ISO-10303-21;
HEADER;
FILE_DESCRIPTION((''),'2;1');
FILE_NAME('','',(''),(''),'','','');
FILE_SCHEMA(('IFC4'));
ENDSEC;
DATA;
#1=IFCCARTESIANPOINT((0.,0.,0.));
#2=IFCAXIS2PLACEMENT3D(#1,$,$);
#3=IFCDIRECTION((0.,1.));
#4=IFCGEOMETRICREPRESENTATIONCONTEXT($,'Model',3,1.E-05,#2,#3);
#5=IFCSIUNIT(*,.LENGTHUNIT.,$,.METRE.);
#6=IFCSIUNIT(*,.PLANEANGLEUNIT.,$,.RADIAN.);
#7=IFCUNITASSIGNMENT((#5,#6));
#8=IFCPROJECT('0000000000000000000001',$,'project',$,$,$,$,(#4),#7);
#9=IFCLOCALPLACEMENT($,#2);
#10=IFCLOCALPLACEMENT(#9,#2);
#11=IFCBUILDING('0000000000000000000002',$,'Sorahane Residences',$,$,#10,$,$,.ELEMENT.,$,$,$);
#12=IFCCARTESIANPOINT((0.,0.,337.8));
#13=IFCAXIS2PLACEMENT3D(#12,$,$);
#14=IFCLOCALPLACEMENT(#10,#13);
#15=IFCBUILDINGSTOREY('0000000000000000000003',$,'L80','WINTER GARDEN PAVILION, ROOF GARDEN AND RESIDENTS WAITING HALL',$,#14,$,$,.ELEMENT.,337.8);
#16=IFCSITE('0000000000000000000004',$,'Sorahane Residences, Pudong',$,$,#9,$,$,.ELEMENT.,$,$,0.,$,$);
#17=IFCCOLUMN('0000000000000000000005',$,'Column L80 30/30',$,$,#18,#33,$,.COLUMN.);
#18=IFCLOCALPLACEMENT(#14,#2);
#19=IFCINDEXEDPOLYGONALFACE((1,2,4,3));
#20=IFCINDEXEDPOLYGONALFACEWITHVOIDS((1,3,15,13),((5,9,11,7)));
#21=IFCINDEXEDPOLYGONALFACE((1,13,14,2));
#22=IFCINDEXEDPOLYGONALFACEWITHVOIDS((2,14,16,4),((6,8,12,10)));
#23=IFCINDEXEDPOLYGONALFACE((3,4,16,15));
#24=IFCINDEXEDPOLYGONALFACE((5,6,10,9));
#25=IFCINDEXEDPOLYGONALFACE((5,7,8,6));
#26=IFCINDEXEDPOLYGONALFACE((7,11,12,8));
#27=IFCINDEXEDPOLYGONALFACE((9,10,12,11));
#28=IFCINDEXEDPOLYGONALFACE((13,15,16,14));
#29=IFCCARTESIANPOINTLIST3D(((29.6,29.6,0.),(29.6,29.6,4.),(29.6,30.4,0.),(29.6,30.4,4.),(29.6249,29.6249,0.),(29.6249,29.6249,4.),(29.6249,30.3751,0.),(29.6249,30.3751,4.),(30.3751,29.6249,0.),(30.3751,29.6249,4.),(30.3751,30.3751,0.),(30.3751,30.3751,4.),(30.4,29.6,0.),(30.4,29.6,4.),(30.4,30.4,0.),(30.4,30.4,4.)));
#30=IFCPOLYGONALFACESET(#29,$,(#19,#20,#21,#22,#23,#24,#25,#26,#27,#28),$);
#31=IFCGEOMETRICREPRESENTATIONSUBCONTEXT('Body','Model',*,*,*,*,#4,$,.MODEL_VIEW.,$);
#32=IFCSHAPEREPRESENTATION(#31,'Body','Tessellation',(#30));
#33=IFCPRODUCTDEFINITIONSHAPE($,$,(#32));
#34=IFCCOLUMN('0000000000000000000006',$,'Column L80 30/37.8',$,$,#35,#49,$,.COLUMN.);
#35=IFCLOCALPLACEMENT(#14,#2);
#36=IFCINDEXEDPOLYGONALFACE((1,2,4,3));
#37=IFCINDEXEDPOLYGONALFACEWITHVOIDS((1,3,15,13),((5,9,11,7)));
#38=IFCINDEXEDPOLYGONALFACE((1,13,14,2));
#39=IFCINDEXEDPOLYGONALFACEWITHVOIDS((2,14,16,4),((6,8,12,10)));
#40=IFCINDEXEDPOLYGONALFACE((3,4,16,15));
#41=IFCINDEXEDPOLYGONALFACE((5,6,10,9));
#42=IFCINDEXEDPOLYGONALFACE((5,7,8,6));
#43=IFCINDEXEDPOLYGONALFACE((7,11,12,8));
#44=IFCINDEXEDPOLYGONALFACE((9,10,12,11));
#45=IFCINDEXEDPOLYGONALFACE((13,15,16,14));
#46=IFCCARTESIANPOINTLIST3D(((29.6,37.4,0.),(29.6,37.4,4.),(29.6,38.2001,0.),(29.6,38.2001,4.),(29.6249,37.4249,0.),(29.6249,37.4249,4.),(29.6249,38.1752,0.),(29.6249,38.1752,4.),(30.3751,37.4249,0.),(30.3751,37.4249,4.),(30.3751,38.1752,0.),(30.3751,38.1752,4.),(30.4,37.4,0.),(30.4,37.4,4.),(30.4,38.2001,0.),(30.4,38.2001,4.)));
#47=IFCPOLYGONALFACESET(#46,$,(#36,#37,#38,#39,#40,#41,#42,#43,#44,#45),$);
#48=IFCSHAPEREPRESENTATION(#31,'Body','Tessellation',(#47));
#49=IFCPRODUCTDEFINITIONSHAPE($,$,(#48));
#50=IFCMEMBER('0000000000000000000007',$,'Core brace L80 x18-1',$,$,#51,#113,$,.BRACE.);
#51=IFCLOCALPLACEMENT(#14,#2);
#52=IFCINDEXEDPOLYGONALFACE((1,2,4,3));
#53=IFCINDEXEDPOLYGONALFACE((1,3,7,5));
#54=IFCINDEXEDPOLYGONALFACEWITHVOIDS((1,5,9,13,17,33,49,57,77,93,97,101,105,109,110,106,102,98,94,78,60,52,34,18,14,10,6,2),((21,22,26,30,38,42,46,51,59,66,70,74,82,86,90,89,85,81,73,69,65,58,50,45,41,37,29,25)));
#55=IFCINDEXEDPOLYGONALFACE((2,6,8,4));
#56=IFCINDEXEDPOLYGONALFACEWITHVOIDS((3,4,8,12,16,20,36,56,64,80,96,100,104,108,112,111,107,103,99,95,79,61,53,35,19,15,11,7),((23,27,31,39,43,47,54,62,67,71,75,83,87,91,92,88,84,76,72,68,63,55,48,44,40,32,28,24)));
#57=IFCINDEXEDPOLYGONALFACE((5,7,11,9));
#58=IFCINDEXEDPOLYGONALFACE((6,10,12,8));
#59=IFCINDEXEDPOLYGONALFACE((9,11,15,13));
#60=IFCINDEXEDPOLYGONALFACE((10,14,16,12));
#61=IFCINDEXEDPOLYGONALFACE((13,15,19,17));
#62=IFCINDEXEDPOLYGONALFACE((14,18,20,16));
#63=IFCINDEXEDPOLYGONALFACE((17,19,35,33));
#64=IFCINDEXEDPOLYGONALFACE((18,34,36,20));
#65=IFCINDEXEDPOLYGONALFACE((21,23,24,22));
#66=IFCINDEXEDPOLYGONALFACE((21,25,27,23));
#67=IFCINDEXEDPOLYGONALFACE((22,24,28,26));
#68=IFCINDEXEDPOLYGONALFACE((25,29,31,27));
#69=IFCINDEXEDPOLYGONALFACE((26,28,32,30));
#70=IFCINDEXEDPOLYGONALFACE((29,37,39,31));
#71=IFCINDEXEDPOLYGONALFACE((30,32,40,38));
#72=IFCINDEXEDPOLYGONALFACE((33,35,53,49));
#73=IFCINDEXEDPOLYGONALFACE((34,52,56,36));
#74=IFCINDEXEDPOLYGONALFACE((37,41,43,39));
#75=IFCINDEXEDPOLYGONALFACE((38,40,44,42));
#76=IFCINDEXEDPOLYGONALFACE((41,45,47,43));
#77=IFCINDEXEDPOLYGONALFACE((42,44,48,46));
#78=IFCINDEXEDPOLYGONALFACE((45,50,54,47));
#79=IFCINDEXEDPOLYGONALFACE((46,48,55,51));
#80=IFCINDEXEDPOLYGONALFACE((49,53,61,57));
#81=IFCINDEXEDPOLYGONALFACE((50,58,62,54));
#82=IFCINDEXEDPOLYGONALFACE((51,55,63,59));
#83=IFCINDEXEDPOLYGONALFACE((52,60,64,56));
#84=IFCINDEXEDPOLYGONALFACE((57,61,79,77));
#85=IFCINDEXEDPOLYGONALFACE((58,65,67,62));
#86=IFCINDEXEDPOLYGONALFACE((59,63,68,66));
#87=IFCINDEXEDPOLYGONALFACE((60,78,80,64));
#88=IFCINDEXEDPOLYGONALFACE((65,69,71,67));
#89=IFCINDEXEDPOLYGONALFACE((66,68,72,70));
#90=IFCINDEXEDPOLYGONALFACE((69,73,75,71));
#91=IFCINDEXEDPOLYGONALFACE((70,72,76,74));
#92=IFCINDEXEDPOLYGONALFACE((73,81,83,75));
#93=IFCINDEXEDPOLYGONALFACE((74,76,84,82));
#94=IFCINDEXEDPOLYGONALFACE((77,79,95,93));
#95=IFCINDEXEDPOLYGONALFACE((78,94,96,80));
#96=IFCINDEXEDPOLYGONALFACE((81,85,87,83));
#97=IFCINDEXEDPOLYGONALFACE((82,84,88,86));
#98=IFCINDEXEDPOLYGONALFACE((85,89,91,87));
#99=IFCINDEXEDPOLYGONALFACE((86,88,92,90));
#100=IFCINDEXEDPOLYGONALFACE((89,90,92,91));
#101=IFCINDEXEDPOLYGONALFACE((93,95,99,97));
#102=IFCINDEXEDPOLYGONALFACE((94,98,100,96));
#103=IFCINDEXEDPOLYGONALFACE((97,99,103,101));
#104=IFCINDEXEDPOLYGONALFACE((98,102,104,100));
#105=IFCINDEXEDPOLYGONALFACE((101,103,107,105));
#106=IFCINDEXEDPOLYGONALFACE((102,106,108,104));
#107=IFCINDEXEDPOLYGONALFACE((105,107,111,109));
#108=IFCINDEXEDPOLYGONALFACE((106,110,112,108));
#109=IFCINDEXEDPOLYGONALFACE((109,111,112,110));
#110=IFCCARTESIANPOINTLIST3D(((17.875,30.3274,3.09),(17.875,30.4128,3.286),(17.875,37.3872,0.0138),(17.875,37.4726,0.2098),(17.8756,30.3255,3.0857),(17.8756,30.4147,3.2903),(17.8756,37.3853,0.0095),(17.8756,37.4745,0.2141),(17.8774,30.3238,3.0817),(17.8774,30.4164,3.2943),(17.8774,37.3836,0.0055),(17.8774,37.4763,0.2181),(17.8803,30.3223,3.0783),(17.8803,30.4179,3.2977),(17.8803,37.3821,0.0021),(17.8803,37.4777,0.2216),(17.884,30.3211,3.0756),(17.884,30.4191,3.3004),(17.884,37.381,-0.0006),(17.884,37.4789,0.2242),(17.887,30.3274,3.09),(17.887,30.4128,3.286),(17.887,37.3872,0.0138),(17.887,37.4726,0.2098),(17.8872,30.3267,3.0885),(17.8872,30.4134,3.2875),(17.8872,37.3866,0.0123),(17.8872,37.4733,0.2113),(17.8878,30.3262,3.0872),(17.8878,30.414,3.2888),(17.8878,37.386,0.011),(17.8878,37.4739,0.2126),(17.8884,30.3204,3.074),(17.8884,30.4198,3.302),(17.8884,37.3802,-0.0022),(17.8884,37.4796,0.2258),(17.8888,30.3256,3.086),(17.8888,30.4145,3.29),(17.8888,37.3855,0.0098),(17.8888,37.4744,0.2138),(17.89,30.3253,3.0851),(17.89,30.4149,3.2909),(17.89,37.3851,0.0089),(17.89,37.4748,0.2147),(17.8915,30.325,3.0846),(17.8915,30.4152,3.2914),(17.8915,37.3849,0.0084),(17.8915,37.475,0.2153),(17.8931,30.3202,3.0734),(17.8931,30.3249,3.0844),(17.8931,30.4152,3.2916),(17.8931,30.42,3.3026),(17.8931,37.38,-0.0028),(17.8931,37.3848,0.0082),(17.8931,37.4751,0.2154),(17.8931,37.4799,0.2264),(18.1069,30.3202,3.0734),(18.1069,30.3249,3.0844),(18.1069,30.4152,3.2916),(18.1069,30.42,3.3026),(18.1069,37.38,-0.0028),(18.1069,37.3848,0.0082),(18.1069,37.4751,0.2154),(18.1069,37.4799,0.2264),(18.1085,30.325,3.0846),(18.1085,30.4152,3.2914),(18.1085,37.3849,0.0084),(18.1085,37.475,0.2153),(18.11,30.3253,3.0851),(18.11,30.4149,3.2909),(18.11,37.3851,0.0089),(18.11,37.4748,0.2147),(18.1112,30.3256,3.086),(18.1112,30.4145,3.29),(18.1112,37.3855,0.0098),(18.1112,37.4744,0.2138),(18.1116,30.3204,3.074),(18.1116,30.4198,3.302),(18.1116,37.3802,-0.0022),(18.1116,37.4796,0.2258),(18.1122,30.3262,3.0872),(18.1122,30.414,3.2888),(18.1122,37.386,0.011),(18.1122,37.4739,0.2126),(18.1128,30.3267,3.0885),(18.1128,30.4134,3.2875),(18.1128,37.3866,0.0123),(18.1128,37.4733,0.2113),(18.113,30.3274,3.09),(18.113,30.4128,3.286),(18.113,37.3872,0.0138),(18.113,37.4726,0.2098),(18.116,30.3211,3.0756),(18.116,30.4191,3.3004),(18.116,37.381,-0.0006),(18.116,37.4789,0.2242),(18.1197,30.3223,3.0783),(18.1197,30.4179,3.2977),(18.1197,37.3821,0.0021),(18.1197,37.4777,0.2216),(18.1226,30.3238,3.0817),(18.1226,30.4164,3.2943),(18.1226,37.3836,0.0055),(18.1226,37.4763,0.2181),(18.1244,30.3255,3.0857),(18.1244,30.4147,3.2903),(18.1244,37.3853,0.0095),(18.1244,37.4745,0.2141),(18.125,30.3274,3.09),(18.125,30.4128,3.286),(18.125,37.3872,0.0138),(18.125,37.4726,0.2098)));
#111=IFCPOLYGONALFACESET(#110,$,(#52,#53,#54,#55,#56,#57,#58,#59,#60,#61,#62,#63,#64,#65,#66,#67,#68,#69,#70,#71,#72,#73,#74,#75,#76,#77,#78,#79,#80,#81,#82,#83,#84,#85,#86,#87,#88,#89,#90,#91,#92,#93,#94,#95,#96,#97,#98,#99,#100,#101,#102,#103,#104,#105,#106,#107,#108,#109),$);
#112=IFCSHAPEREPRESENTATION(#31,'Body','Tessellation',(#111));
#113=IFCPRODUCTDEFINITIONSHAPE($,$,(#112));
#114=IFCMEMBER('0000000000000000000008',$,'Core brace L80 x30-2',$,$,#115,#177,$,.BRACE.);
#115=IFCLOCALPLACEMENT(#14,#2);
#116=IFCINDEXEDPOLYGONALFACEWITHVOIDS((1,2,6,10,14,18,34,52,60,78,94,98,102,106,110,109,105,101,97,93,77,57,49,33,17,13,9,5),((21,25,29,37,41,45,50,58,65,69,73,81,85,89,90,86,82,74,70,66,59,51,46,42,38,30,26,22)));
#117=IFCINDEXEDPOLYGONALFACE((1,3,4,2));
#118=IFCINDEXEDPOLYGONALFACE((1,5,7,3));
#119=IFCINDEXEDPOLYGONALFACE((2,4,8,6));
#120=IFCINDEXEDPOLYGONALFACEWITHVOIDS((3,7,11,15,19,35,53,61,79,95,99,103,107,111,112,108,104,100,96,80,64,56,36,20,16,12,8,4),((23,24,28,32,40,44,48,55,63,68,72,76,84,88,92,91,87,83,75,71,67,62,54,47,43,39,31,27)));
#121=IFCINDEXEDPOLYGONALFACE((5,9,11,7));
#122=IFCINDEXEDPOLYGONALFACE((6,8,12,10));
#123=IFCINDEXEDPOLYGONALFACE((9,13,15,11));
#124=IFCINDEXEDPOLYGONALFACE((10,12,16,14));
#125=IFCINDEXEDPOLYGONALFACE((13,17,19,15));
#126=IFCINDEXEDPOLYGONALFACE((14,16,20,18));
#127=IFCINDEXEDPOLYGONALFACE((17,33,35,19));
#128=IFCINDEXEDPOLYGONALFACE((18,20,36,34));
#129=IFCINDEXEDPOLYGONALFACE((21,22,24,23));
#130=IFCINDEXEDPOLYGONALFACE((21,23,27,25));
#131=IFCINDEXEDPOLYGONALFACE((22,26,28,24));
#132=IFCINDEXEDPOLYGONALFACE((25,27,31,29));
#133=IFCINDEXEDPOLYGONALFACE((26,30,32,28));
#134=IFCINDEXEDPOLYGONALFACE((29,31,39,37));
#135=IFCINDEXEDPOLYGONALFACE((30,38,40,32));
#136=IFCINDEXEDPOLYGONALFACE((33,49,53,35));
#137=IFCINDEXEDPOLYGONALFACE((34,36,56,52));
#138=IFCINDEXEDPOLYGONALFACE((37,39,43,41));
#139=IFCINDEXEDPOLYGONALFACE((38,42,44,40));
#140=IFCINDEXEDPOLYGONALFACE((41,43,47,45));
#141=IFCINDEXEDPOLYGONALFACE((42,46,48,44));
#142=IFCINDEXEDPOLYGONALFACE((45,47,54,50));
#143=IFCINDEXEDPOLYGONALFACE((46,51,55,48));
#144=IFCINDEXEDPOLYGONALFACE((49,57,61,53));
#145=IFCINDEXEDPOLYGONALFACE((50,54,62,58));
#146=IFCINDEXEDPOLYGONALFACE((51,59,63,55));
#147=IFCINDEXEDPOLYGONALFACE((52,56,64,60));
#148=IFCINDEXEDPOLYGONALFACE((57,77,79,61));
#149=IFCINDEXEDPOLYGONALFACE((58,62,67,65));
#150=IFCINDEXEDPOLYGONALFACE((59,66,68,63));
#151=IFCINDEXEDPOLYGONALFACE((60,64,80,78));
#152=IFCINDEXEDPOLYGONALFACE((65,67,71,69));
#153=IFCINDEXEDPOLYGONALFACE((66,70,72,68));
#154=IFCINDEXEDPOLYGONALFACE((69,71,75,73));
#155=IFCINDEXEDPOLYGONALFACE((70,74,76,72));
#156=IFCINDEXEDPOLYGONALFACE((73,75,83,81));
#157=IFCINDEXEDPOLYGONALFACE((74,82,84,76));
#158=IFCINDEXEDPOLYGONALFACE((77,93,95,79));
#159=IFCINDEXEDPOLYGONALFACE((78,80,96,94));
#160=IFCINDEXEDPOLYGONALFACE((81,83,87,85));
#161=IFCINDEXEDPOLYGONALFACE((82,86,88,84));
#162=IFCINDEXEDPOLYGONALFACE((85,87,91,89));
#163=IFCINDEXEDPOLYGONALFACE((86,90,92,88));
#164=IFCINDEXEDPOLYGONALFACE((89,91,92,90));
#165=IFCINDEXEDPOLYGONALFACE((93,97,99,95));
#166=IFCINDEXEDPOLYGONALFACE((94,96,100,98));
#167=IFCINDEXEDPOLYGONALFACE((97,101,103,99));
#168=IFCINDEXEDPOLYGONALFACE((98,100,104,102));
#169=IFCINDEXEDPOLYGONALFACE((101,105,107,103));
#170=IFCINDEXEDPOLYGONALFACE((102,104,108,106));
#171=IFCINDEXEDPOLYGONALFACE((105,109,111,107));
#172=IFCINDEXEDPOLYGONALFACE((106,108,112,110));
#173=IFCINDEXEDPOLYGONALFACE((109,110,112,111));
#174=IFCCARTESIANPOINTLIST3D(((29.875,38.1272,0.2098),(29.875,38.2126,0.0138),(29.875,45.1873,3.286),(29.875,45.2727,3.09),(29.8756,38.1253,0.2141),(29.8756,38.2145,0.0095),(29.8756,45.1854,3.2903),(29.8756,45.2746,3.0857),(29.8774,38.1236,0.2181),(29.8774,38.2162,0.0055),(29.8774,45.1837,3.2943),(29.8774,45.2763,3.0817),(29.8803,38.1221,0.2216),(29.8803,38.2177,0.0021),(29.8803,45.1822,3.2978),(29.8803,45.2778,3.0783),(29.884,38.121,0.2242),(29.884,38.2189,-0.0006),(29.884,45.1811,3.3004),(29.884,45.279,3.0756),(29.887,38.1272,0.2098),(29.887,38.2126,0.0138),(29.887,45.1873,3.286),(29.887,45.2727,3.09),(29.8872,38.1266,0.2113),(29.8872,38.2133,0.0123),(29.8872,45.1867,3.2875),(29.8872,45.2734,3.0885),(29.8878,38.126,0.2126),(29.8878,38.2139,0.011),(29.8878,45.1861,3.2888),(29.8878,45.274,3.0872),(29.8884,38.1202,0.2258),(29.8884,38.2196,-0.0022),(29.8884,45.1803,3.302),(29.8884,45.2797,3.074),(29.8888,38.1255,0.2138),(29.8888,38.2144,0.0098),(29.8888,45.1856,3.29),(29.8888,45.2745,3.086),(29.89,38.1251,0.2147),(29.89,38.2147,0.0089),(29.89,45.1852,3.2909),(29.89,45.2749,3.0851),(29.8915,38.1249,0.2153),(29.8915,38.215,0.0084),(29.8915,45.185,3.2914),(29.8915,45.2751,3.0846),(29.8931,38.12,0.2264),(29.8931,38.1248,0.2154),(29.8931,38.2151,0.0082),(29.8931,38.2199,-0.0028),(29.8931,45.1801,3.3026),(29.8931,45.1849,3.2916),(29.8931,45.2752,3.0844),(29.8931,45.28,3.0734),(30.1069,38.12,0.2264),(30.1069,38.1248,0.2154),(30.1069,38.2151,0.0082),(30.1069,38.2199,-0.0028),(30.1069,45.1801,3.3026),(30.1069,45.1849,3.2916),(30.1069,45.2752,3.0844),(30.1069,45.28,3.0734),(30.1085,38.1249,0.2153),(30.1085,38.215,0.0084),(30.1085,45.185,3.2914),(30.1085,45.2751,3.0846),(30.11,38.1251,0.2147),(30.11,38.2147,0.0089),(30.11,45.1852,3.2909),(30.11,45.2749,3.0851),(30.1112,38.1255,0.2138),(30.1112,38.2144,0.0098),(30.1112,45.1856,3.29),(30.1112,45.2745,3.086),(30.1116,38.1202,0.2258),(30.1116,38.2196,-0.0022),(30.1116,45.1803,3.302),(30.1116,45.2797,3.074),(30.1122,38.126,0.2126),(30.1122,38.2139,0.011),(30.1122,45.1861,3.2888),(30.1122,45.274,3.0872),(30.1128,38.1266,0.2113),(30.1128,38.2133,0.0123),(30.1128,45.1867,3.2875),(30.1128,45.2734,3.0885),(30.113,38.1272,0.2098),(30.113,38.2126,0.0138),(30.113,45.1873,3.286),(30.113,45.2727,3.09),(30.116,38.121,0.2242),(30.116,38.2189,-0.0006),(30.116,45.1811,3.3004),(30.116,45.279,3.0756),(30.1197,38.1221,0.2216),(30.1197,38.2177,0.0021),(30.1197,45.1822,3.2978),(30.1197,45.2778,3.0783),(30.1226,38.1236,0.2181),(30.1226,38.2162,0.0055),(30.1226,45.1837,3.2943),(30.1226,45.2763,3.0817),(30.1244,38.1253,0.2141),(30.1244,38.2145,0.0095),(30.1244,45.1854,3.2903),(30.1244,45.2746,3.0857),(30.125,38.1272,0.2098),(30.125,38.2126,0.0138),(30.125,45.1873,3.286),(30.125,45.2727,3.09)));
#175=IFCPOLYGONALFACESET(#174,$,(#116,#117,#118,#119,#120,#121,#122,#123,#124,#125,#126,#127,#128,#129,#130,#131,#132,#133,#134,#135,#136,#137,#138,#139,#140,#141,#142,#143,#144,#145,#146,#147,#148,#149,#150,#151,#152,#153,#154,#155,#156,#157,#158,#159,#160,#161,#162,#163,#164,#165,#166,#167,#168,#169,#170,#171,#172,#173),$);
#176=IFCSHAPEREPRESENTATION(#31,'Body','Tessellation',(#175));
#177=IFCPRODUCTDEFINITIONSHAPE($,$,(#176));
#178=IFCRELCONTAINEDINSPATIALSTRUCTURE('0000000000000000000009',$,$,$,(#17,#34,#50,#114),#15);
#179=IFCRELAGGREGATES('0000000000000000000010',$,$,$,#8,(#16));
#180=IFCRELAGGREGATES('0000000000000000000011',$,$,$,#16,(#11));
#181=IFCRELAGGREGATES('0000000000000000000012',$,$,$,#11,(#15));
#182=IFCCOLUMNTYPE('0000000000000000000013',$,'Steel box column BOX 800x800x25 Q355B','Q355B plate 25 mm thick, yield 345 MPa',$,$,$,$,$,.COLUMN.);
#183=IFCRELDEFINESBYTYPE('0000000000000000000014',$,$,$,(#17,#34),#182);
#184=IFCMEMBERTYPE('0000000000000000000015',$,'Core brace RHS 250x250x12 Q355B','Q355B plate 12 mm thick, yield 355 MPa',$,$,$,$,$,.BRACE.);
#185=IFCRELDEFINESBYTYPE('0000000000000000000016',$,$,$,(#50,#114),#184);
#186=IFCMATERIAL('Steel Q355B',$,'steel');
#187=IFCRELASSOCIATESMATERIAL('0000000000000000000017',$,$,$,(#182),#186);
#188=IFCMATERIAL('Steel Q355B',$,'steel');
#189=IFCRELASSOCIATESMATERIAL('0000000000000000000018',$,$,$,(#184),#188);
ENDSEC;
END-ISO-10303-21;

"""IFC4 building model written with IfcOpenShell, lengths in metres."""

from ifc_helpers import new_model, si_unit, direction, frame, origin, origin_2d, place, context, subcontext, project, spatial, hollow_rectangle, extrude, material, material_profile, profile_set, type_object, element, save


model = new_model("IFC4")

# Units and contexts
model_context = context("Model", 3, precision=1e-05, world=origin(), true_north=direction((0.0, 1.0)))
body_context = subcontext(model_context, "Body", "Model", "MODEL_VIEW")
ifc_project = project(units=[si_unit("LENGTHUNIT", "METRE"), si_unit("PLANEANGLEUNIT", "RADIAN")], contexts=[model_context])

# Site, building, storey
site_placement = place(None, origin())
site = spatial("IfcSite", under=ifc_project, at=site_placement, Name="Sorahane Residences, Pudong", CompositionType="ELEMENT", RefElevation=0.0)
building_placement = place(site_placement, origin())
building = spatial("IfcBuilding", under=site, at=building_placement, Name="Sorahane Residences", CompositionType="ELEMENT")
storey_placement = place(building_placement, frame((0.0, 0.0, 337.8)))
storey = spatial("IfcBuildingStorey", under=building, at=storey_placement, Name="L80", Description="WINTER GARDEN PAVILION, ROOF GARDEN AND RESIDENTS WAITING HALL", CompositionType="ELEMENT", Elevation=337.8)

# Columns
ifc_material_1 = material(Name="Steel Q355B", Category="steel")
ifc_material_profile_1 = material_profile(ifc_material_1, hollow_rectangle(XDim=0.8, YDim=0.8, WallThickness=0.0249, at=origin_2d()), Name="BOX 800x800x25")
ifc_profile_set_1 = profile_set([ifc_material_profile_1], Name="Steel Q355B")
column_type = type_object("IfcColumnType", Name="Steel box column BOX 800x800x25 Q355B", Description="Q355B plate 25 mm thick, yield 345 MPa", PredefinedType="COLUMN", material=ifc_profile_set_1)
for number, where, z_axis, x_axis, name in (
    (1, (30.0, 30.0, 0.0), (0.0, 0.0, 1.0), (1.0, 0.0, 0.0), "Column L80 30/30"),
    (2, (30.0, 37.8, 0.0), (0.0, 0.0, 1.0), (1.0, 0.0, 0.0), "Column L80 30/37.8"),
):
    element("IfcColumn", number, at=place(storey_placement, frame(where, z_axis=z_axis, x_axis=x_axis)), inside=storey, type_object=column_type, Name=name, PredefinedType="COLUMN", context=body_context, shape_type="SweptSolid", body=[
        extrude(hollow_rectangle(XDim=0.8, YDim=0.8, WallThickness=0.0249, at=origin_2d()), origin(), (0.0, 0.0, 1.0), 4.0),
    ])

# Members
ifc_material_2 = material(Name="Steel Q355B", Category="steel")
ifc_material_profile_2 = material_profile(ifc_material_2, hollow_rectangle(XDim=0.25, YDim=0.25, WallThickness=0.012, InnerFilletRadius=0.0061, OuterFilletRadius=0.0181, at=origin_2d()), Name="RHS 250x250x12")
ifc_profile_set_2 = profile_set([ifc_material_profile_2], Name="Steel Q355B")
member_type = type_object("IfcMemberType", Name="Core brace RHS 250x250x12 Q355B", Description="Q355B plate 12 mm thick, yield 355 MPa", PredefinedType="BRACE", material=ifc_profile_set_2)
member_1_placement = place(storey_placement, frame((18.0, 37.4299, 0.1118), z_axis=(0.0, -0.916752, 0.399456), x_axis=(1.0, 0.0, 0.0)))
element("IfcMember", 3, at=member_1_placement, inside=storey, type_object=member_type, Name="Core brace L80 x18-1", PredefinedType="BRACE", context=body_context, shape_type="SweptSolid", body=[
    extrude(hollow_rectangle(XDim=0.25, YDim=0.25, WallThickness=0.012, InnerFilletRadius=0.0061, OuterFilletRadius=0.0181, at=origin_2d()), origin(), (0.0, 0.0, 1.0), 7.7009),
])
member_2_placement = place(storey_placement, frame((30.0, 38.1699, 0.1118), z_axis=(0.0, 0.916757, 0.399445), x_axis=(-1.0, 0.0, 0.0)))
element("IfcMember", 4, at=member_2_placement, inside=storey, type_object=member_type, Name="Core brace L80 x30-2", PredefinedType="BRACE", context=body_context, shape_type="SweptSolid", body=[
    extrude(hollow_rectangle(XDim=0.25, YDim=0.25, WallThickness=0.012, InnerFilletRadius=0.0061, OuterFilletRadius=0.0181, at=origin_2d()), origin(), (0.0, 0.0, 1.0), 7.7012),
])

save(model, "model.ifc")
